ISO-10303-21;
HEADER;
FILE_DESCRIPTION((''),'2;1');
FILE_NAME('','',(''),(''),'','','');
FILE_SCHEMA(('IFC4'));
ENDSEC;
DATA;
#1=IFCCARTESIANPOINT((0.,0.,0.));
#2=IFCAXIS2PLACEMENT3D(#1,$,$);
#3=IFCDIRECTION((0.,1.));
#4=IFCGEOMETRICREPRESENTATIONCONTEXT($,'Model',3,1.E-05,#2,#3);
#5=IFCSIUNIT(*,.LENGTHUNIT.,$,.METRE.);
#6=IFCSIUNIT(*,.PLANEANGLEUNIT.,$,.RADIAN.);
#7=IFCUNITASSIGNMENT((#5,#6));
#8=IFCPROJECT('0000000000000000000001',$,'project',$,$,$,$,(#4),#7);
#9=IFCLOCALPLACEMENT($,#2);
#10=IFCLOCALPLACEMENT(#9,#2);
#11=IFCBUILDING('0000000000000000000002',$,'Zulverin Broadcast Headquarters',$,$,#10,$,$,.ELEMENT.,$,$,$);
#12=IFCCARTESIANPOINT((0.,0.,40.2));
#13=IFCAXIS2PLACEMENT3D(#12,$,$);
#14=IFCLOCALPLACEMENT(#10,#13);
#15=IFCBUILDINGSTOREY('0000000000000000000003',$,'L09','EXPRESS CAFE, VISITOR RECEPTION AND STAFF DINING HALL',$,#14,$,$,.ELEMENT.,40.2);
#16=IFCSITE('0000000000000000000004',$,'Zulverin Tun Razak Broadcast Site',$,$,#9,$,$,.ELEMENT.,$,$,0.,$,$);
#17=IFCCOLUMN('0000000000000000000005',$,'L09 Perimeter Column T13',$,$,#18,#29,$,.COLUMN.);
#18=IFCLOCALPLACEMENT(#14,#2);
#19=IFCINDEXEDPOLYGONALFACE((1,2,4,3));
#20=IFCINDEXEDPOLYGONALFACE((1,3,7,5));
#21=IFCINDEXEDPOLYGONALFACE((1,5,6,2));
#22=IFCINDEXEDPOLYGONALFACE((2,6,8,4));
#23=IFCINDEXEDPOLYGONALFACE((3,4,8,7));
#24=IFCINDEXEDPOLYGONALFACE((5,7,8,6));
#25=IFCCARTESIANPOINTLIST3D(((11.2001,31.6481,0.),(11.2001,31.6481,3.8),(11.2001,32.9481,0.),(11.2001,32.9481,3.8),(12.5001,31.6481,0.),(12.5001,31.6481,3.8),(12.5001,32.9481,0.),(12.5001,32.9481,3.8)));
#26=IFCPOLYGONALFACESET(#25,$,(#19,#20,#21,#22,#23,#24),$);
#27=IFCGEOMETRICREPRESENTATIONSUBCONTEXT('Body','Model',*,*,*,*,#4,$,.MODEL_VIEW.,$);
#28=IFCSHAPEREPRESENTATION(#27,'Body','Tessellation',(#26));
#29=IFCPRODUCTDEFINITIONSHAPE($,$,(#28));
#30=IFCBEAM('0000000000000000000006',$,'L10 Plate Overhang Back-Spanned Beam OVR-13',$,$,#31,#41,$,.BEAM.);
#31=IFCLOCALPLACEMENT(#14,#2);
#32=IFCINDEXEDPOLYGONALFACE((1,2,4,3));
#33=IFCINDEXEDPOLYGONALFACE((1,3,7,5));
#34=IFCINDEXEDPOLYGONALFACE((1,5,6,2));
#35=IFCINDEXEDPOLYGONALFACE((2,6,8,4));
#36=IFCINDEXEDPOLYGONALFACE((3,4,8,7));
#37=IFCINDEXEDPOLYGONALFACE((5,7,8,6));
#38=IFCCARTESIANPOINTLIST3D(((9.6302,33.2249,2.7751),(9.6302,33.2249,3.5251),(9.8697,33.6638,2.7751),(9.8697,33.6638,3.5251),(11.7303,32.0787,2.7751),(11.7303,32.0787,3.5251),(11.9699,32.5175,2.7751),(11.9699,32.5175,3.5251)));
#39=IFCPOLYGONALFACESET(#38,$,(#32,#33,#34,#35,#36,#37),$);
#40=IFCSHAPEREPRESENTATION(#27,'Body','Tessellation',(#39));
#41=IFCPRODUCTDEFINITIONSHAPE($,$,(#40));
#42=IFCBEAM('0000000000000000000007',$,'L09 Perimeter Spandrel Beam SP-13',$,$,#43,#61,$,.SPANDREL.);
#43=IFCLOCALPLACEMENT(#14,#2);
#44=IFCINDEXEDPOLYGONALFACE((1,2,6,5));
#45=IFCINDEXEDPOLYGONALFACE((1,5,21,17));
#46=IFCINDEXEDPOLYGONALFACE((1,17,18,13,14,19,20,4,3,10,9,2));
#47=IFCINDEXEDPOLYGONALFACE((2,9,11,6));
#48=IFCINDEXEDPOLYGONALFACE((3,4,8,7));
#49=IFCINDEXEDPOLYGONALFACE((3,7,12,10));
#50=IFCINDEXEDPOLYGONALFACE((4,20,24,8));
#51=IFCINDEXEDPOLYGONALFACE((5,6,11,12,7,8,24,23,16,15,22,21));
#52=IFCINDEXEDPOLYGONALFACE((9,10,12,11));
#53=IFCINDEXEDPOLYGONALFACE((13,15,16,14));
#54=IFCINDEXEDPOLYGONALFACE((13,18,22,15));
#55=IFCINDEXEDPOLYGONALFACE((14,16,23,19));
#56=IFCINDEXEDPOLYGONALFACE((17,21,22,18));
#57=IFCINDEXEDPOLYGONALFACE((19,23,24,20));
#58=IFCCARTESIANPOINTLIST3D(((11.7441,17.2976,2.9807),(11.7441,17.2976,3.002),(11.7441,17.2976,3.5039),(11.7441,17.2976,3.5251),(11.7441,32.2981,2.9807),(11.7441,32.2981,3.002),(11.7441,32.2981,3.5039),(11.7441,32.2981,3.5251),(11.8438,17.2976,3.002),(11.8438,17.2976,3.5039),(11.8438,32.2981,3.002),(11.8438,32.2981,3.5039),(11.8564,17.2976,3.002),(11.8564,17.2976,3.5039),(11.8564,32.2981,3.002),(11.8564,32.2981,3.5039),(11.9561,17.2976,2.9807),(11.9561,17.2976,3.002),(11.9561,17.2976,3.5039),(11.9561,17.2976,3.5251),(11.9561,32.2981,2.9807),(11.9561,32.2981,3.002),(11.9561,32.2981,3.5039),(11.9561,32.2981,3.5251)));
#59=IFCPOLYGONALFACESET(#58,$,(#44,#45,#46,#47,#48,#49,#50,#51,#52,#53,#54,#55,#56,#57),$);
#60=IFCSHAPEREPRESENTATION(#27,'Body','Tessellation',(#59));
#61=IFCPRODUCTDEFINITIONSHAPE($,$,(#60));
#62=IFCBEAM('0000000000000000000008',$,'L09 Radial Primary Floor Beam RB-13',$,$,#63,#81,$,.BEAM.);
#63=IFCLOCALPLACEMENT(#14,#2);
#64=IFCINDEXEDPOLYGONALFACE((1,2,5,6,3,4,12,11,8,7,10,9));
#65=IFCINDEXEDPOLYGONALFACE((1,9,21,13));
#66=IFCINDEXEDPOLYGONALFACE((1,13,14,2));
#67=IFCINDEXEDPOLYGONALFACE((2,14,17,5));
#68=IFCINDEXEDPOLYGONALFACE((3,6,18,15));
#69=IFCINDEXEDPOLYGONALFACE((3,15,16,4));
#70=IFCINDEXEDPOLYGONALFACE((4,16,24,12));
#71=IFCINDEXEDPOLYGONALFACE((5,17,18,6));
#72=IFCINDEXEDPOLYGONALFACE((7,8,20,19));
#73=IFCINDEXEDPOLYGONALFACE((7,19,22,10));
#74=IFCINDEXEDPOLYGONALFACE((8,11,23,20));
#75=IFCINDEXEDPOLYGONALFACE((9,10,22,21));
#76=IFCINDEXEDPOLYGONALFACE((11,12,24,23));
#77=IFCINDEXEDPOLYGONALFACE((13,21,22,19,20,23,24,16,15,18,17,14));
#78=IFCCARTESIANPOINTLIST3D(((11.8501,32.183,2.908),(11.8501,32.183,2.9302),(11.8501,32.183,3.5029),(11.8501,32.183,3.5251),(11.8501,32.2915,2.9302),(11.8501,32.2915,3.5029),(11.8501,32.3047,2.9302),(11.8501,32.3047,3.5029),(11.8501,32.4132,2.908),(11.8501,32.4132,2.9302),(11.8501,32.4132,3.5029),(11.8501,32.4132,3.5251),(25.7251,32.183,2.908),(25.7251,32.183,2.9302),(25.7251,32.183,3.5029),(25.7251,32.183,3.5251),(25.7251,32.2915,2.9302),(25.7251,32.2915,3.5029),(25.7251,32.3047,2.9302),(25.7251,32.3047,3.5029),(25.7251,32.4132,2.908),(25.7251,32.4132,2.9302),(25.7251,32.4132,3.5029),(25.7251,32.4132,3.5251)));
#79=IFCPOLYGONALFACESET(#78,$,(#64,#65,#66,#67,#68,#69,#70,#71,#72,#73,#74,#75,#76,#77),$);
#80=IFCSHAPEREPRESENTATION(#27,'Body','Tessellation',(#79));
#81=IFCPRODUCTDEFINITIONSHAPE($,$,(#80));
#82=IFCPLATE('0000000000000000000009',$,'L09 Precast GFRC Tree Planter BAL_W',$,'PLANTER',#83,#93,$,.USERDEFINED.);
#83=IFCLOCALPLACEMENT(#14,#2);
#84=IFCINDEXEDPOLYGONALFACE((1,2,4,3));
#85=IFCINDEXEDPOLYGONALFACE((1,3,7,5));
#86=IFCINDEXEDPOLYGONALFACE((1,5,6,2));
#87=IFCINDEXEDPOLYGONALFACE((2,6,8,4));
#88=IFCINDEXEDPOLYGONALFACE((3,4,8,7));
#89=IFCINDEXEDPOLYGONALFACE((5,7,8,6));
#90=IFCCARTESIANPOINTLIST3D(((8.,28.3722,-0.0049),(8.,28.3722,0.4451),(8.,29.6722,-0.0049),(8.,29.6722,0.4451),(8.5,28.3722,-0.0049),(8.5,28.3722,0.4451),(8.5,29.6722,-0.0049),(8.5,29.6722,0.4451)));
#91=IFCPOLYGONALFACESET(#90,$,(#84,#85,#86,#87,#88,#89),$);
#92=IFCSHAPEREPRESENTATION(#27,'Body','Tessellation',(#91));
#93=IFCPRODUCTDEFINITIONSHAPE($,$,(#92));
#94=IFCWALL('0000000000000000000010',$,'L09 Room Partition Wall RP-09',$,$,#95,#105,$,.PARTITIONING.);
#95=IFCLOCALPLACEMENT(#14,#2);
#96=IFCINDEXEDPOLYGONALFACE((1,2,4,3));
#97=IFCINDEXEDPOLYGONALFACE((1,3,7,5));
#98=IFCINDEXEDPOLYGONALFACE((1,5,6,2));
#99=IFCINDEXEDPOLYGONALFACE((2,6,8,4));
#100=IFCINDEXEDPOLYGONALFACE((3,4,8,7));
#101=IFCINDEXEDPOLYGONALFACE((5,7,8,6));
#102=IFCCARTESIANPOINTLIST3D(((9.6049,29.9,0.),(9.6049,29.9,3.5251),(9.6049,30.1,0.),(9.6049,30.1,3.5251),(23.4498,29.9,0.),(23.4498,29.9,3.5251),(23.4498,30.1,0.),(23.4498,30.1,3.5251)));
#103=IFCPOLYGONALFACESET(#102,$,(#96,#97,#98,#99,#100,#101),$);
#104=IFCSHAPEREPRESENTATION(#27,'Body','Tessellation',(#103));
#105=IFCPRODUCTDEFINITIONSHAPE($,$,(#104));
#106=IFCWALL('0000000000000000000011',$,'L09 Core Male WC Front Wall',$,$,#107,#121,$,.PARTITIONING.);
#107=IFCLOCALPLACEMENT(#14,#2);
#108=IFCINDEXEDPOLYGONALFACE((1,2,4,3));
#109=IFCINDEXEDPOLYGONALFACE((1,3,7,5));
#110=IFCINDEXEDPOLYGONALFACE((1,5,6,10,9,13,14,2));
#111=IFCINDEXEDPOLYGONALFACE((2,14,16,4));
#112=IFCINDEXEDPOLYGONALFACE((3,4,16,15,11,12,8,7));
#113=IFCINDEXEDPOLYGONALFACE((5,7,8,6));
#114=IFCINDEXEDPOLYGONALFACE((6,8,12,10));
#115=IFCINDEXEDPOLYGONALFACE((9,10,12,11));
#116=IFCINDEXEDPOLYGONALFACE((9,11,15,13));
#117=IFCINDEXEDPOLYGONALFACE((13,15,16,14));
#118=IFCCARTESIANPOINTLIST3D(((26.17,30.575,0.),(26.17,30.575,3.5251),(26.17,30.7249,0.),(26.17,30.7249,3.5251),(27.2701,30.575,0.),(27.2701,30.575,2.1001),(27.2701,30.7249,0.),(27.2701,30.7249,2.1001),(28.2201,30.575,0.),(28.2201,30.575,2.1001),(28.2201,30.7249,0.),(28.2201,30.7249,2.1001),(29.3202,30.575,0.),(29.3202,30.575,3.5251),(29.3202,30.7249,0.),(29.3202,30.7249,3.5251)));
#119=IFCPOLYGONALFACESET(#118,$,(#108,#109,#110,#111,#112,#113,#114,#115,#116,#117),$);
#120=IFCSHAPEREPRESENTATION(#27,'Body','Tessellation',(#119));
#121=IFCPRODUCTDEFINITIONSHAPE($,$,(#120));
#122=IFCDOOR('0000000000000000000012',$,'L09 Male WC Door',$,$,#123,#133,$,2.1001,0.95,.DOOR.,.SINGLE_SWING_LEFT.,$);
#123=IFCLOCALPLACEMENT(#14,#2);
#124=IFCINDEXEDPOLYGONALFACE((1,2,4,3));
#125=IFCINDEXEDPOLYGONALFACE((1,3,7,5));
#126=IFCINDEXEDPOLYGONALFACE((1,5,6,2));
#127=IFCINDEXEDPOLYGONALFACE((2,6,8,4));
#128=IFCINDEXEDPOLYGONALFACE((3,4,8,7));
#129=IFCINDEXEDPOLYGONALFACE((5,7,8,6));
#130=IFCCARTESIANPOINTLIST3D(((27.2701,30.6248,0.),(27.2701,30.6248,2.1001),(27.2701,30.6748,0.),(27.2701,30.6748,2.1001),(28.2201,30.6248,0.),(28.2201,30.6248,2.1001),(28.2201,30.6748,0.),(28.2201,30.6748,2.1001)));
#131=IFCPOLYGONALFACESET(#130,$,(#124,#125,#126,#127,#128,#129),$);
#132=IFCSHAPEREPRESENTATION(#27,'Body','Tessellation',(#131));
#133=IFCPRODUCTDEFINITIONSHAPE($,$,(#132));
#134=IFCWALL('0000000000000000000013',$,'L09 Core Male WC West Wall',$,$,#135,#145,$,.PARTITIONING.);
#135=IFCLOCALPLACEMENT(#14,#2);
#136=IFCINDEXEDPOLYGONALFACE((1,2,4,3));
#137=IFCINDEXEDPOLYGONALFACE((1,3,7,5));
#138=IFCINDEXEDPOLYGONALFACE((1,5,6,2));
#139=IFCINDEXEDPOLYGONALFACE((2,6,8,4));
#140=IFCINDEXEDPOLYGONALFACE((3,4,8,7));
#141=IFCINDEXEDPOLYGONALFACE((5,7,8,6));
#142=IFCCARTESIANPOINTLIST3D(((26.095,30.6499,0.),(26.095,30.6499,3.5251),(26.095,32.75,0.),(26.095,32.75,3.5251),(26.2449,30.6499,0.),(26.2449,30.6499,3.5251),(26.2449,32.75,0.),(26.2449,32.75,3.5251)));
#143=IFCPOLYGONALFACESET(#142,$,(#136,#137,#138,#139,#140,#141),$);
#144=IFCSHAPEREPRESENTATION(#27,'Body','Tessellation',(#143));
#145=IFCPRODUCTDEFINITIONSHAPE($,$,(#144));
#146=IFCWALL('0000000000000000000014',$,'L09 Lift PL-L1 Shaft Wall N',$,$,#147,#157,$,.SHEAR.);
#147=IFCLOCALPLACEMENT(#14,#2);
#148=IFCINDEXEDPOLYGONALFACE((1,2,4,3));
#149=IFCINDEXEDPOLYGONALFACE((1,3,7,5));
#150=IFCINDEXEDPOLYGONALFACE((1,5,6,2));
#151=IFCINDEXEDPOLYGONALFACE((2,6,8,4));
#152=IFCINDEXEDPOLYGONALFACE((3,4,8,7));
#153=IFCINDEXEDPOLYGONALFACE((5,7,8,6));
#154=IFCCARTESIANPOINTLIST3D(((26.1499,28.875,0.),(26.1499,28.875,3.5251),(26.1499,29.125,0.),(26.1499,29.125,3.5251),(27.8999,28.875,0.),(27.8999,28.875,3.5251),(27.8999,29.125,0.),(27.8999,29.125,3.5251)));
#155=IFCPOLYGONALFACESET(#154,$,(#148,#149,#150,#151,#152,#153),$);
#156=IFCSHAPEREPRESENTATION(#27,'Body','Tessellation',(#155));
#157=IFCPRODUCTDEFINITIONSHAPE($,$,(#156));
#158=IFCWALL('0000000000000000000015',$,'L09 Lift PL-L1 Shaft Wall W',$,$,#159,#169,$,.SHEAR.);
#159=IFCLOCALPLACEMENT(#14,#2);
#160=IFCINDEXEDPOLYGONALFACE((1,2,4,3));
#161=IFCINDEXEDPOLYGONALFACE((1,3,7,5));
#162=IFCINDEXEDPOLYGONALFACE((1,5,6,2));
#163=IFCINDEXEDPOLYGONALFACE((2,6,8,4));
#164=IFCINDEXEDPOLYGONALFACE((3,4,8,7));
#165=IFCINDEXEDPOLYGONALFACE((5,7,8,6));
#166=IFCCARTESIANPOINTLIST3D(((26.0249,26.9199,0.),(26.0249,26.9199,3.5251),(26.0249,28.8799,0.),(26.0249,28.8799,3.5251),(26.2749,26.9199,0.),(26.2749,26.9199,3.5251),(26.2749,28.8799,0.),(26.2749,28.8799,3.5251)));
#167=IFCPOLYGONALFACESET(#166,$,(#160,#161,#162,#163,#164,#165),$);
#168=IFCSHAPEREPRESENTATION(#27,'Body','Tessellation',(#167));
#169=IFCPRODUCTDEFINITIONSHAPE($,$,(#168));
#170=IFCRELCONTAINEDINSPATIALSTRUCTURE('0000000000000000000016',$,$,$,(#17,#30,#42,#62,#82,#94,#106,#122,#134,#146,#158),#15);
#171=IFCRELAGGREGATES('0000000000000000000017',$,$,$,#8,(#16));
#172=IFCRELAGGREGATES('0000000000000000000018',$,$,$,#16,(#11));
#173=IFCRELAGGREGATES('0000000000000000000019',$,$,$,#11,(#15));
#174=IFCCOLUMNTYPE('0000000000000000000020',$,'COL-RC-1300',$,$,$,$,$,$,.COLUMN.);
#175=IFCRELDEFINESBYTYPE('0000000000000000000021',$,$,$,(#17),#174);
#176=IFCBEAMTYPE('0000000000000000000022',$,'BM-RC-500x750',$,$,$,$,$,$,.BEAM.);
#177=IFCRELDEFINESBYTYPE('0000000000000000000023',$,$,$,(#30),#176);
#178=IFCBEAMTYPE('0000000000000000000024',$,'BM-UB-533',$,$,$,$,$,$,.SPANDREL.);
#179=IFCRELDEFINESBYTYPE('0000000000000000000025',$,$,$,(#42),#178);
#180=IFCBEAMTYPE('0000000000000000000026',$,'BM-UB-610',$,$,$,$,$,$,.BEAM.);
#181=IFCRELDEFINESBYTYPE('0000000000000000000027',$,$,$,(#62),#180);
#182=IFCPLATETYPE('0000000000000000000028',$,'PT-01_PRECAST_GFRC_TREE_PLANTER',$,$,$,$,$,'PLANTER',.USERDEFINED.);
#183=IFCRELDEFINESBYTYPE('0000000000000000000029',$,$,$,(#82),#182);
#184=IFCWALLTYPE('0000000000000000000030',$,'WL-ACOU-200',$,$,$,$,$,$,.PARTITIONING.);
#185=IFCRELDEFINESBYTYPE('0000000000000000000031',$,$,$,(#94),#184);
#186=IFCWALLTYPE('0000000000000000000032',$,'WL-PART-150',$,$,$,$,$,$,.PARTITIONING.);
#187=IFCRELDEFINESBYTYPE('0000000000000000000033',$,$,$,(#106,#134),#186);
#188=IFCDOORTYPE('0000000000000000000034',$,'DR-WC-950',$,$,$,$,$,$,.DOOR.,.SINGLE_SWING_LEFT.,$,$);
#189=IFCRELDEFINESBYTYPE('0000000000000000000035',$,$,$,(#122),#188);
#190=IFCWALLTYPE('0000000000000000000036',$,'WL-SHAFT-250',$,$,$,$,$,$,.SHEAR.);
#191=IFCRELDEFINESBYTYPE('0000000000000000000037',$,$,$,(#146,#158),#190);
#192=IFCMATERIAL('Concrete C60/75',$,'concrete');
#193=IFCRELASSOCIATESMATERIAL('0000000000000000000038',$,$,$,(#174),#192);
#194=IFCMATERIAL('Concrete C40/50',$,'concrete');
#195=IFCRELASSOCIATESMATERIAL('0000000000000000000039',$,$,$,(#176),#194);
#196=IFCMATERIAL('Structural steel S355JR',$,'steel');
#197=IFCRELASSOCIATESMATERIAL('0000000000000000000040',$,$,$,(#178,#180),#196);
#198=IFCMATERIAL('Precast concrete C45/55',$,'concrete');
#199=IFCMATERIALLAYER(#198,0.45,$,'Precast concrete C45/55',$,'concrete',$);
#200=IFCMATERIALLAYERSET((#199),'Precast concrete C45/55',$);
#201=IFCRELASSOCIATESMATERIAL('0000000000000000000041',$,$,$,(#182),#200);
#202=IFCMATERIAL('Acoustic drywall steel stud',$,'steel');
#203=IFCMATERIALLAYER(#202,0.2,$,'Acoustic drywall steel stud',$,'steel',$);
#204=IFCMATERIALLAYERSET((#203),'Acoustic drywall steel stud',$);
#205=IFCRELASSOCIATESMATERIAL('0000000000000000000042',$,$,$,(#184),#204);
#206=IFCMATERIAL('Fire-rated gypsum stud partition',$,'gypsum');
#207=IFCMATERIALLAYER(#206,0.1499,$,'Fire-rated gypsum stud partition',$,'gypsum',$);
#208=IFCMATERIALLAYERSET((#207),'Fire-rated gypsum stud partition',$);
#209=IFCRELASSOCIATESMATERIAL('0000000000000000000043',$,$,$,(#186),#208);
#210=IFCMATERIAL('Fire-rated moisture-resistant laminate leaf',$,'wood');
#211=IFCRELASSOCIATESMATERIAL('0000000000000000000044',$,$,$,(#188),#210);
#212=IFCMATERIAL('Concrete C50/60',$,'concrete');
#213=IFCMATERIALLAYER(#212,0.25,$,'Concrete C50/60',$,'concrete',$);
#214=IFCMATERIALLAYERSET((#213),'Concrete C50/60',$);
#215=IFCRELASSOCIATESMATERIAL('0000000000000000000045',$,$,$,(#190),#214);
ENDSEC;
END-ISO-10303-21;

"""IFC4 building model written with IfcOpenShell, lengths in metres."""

from ifc_helpers import new_model, si_unit, direction, frame, frame_2d, origin, origin_2d, place, context, subcontext, project, spatial, rectangle, i_section, extrude, material, layer, layer_set, material_profile, profile_set, type_object, element, fill, save


model = new_model("IFC4")

# Units and contexts
model_context = context("Model", 3, precision=1e-05, world=origin(), true_north=direction((0.0, 1.0)))
body_context = subcontext(model_context, "Body", "Model", "MODEL_VIEW")
ifc_project = project(units=[si_unit("LENGTHUNIT", "METRE"), si_unit("PLANEANGLEUNIT", "RADIAN")], contexts=[model_context])

# Site, building, storey
site_placement = place(None, origin())
site = spatial("IfcSite", under=ifc_project, at=site_placement, Name="Zulverin Tun Razak Broadcast Site", CompositionType="ELEMENT", RefElevation=0.0)
building_placement = place(site_placement, origin())
building = spatial("IfcBuilding", under=site, at=building_placement, Name="Zulverin Broadcast Headquarters", CompositionType="ELEMENT")
storey_placement = place(building_placement, frame((0.0, 0.0, 40.2)))
storey = spatial("IfcBuildingStorey", under=building, at=storey_placement, Name="L09", Description="EXPRESS CAFE, VISITOR RECEPTION AND STAFF DINING HALL", CompositionType="ELEMENT", Elevation=40.2)

# Column
ifc_material_1 = material(Name="Concrete C60/75", Category="concrete")
ifc_material_profile_1 = material_profile(ifc_material_1, rectangle(XDim=1.3, YDim=1.3, at=origin_2d()), Name="Concrete C60/75", Category="concrete")
ifc_profile_set_1 = profile_set([ifc_material_profile_1], Name="Concrete C60/75")
column_type = type_object("IfcColumnType", Name="COL-RC-1300", PredefinedType="COLUMN", material=ifc_profile_set_1)
column_placement = place(storey_placement, frame((11.8501, 32.2981, 0.0), z_axis=(0.0, 0.0, 1.0), x_axis=(1.0, 0.0, 0.0)))
element("IfcColumn", 1, at=column_placement, inside=storey, type_object=column_type, Name="L09 Perimeter Column T13", PredefinedType="COLUMN", context=body_context, shape_type="SweptSolid", body=[
    extrude(rectangle(XDim=1.3, YDim=1.3, at=origin_2d()), origin(), (0.0, 0.0, 1.0), 3.8),
])

# Beams
ifc_material_2 = material(Name="Concrete C40/50", Category="concrete")
ifc_material_profile_2 = material_profile(ifc_material_2, rectangle(XDim=0.5, YDim=0.75, at=origin_2d()), Name="Concrete C40/50", Category="concrete")
ifc_profile_set_2 = profile_set([ifc_material_profile_2], Name="Concrete C40/50")
beam_type_1 = type_object("IfcBeamType", Name="BM-RC-500x750", PredefinedType="BEAM", material=ifc_profile_set_2)
beam_1_placement = place(storey_placement, frame((11.8501, 32.2981, 3.1501), z_axis=(-0.877767, 0.479088, 0.0), x_axis=(-0.479088, -0.877767, 0.0)))
element("IfcBeam", 2, at=beam_1_placement, inside=storey, type_object=beam_type_1, Name="L10 Plate Overhang Back-Spanned Beam OVR-13", PredefinedType="BEAM", context=body_context, shape_type="SweptSolid", body=[
    extrude(rectangle(XDim=0.5, YDim=0.75, at=origin_2d()), origin(), (0.0, 0.0, 1.0), 2.3926),
])
ifc_material_3 = material(Name="Structural steel S355JR", Category="steel")
ifc_material_profile_3 = material_profile(ifc_material_3, i_section(OverallWidth=0.2119, OverallDepth=0.5444, WebThickness=0.0127, FlangeThickness=0.0212, at=origin_2d()), Name="Structural steel S355JR", Category="steel")
ifc_profile_set_3 = profile_set([ifc_material_profile_3], Name="Structural steel S355JR")
beam_type_2 = type_object("IfcBeamType", Name="BM-UB-533", PredefinedType="SPANDREL", material=ifc_profile_set_3)
beam_2_placement = place(storey_placement, frame((11.8501, 32.2981, 3.2529), z_axis=(0.0, -1.0, 0.0), x_axis=(1.0, 0.0, 0.0)))
element("IfcBeam", 3, at=beam_2_placement, inside=storey, type_object=beam_type_2, Name="L09 Perimeter Spandrel Beam SP-13", PredefinedType="SPANDREL", context=body_context, shape_type="SweptSolid", body=[
    extrude(i_section(OverallWidth=0.2119, OverallDepth=0.5444, WebThickness=0.0127, FlangeThickness=0.0212, at=origin_2d()), origin(), (0.0, 0.0, 1.0), 15.0005),
])
ifc_material_profile_4 = material_profile(ifc_material_3, i_section(OverallWidth=0.2302, OverallDepth=0.6172, WebThickness=0.0132, FlangeThickness=0.0222, at=origin_2d()), Name="Structural steel S355JR", Category="steel")
ifc_profile_set_4 = profile_set([ifc_material_profile_4], Name="Structural steel S355JR")
beam_type_3 = type_object("IfcBeamType", Name="BM-UB-610", PredefinedType="BEAM", material=ifc_profile_set_4)
beam_3_placement = place(storey_placement, frame((25.7251, 32.2981, 3.2166), z_axis=(-1.0, 0.0, 0.0), x_axis=(0.0, -1.0, 0.0)))
element("IfcBeam", 4, at=beam_3_placement, inside=storey, type_object=beam_type_3, Name="L09 Radial Primary Floor Beam RB-13", PredefinedType="BEAM", context=body_context, shape_type="SweptSolid", body=[
    extrude(i_section(OverallWidth=0.2302, OverallDepth=0.6172, WebThickness=0.0132, FlangeThickness=0.0222, at=origin_2d()), origin(), (0.0, 0.0, 1.0), 13.875),
])

# Plate
ifc_material_4 = material(Name="Precast concrete C45/55", Category="concrete")
ifc_layer_1 = layer(ifc_material_4, 0.45, Name="Precast concrete C45/55", Category="concrete")
ifc_layer_set_1 = layer_set([ifc_layer_1], Name="Precast concrete C45/55")
plate_type = type_object("IfcPlateType", Name="PT-01_PRECAST_GFRC_TREE_PLANTER", ElementType="PLANTER", PredefinedType="USERDEFINED", material=ifc_layer_set_1)
plate_placement = place(storey_placement, frame((8.25, 29.0222, -0.0049), z_axis=(0.0, 0.0, 1.0), x_axis=(0.0, 1.0, 0.0)))
element("IfcPlate", 5, at=plate_placement, inside=storey, type_object=plate_type, Name="L09 Precast GFRC Tree Planter BAL_W", ObjectType="PLANTER", PredefinedType="USERDEFINED", context=body_context, shape_type="SweptSolid", body=[
    extrude(rectangle(XDim=1.3, YDim=0.5, at=origin_2d()), origin(), (0.0, 0.0, 1.0), 0.45),
])

# Wall
ifc_material_5 = material(Name="Acoustic drywall steel stud", Category="steel")
ifc_layer_2 = layer(ifc_material_5, 0.2, Name="Acoustic drywall steel stud", Category="steel")
ifc_layer_set_2 = layer_set([ifc_layer_2], Name="Acoustic drywall steel stud")
wall_type_1 = type_object("IfcWallType", Name="WL-ACOU-200", PredefinedType="PARTITIONING", material=ifc_layer_set_2)
wall_1_placement = place(storey_placement, frame((9.605, 30.0, 0.0), z_axis=(0.0, 0.0, 1.0), x_axis=(1.0, 0.0, 0.0)))
element("IfcWall", 6, at=wall_1_placement, inside=storey, type_object=wall_type_1, Name="L09 Room Partition Wall RP-09", PredefinedType="PARTITIONING", context=body_context, shape_type="SweptSolid", body=[
    extrude(rectangle(XDim=13.845, YDim=0.2, at=frame_2d((6.9224, 0.0))), origin(), (0.0, 0.0, 1.0), 3.5251),
])

# Wall, opening, door
ifc_material_6 = material(Name="Fire-rated gypsum stud partition", Category="gypsum")
ifc_layer_3 = layer(ifc_material_6, 0.1499, Name="Fire-rated gypsum stud partition", Category="gypsum")
ifc_layer_set_3 = layer_set([ifc_layer_3], Name="Fire-rated gypsum stud partition")
wall_type_2 = type_object("IfcWallType", Name="WL-PART-150", PredefinedType="PARTITIONING", material=ifc_layer_set_3)
wall_2_placement = place(storey_placement, frame((26.1699, 30.6499, 0.0), z_axis=(0.0, 0.0, 1.0), x_axis=(1.0, 0.0, 0.0)))
wall_2 = element("IfcWall", 7, at=wall_2_placement, inside=storey, type_object=wall_type_2, Name="L09 Core Male WC Front Wall", PredefinedType="PARTITIONING", context=body_context, shape_type="SweptSolid", body=[
    extrude(rectangle(XDim=3.1501, YDim=0.1499, at=frame_2d((1.5752, 0.0))), origin(), (0.0, 0.0, 1.0), 3.5251),
])
opening_1_placement = place(wall_2_placement, frame((1.1001, 0.0, 0.0)))
opening_1 = element("IfcOpeningElement", 8, at=opening_1_placement, cuts=wall_2, PredefinedType="OPENING", context=body_context, shape_type="SweptSolid", body=[
    extrude(rectangle(XDim=0.95, YDim=2.1001, at=frame_2d((0.4751, 1.05))), frame((0.0, 0.085, 0.0), z_axis=(0.0, -1.0, 0.0), x_axis=(1.0, 0.0, 0.0)), (0.0, 0.0, 1.0), 0.1699),
])
ifc_material_7 = material(Name="Fire-rated moisture-resistant laminate leaf", Category="wood")
door_type_1 = type_object("IfcDoorType", Name="DR-WC-950", OperationType="SINGLE_SWING_LEFT", PredefinedType="DOOR", material=ifc_material_7)
door_1_placement = place(opening_1_placement, origin())
door_1 = element("IfcDoor", 9, at=door_1_placement, inside=storey, type_object=door_type_1, Name="L09 Male WC Door", OperationType="SINGLE_SWING_LEFT", OverallHeight=2.1001, OverallWidth=0.95, PredefinedType="DOOR", context=body_context, shape_type="SweptSolid", body=[
    extrude(rectangle(XDim=0.95, YDim=2.1001, at=frame_2d((0.4751, 1.05))), frame((0.0, 0.0249, 0.0), z_axis=(0.0, -1.0, 0.0), x_axis=(1.0, 0.0, 0.0)), (0.0, 0.0, 1.0), 0.05),
])
fill(opening_1, door_1)

# Wall
wall_3_placement = place(storey_placement, frame((26.1699, 30.6499, 0.0), z_axis=(0.0, 0.0, 1.0), x_axis=(0.0, 1.0, 0.0)))
element("IfcWall", 10, at=wall_3_placement, inside=storey, type_object=wall_type_2, Name="L09 Core Male WC West Wall", PredefinedType="PARTITIONING", context=body_context, shape_type="SweptSolid", body=[
    extrude(rectangle(XDim=2.1001, YDim=0.1499, at=frame_2d((1.05, 0.0))), origin(), (0.0, 0.0, 1.0), 3.5251),
])

# Shared definitions
ifc_material_8 = material(Name="Concrete C50/60", Category="concrete")
ifc_layer_4 = layer(ifc_material_8, 0.25, Name="Concrete C50/60", Category="concrete")
ifc_layer_set_4 = layer_set([ifc_layer_4], Name="Concrete C50/60")
wall_type_3 = type_object("IfcWallType", Name="WL-SHAFT-250", PredefinedType="SHEAR", material=ifc_layer_set_4)

# Walls
wall_4_placement = place(storey_placement, frame((26.1499, 29.0, 0.0), z_axis=(0.0, 0.0, 1.0), x_axis=(1.0, 0.0, 0.0)))
element("IfcWall", 11, at=wall_4_placement, inside=storey, type_object=wall_type_3, Name="L09 Lift PL-L1 Shaft Wall N", PredefinedType="SHEAR", context=body_context, shape_type="SweptSolid", body=[
    extrude(rectangle(XDim=1.75, YDim=0.25, at=frame_2d((0.875, 0.0))), origin(), (0.0, 0.0, 1.0), 3.5251),
])
wall_5_placement = place(storey_placement, frame((26.1499, 26.9199, 0.0), z_axis=(0.0, 0.0, 1.0), x_axis=(0.0, 1.0, 0.0)))
element("IfcWall", 12, at=wall_5_placement, inside=storey, type_object=wall_type_3, Name="L09 Lift PL-L1 Shaft Wall W", PredefinedType="SHEAR", context=body_context, shape_type="SweptSolid", body=[
    extrude(rectangle(XDim=1.96, YDim=0.25, at=frame_2d((0.98, 0.0))), origin(), (0.0, 0.0, 1.0), 3.5251),
])

save(model, "model.ifc")
